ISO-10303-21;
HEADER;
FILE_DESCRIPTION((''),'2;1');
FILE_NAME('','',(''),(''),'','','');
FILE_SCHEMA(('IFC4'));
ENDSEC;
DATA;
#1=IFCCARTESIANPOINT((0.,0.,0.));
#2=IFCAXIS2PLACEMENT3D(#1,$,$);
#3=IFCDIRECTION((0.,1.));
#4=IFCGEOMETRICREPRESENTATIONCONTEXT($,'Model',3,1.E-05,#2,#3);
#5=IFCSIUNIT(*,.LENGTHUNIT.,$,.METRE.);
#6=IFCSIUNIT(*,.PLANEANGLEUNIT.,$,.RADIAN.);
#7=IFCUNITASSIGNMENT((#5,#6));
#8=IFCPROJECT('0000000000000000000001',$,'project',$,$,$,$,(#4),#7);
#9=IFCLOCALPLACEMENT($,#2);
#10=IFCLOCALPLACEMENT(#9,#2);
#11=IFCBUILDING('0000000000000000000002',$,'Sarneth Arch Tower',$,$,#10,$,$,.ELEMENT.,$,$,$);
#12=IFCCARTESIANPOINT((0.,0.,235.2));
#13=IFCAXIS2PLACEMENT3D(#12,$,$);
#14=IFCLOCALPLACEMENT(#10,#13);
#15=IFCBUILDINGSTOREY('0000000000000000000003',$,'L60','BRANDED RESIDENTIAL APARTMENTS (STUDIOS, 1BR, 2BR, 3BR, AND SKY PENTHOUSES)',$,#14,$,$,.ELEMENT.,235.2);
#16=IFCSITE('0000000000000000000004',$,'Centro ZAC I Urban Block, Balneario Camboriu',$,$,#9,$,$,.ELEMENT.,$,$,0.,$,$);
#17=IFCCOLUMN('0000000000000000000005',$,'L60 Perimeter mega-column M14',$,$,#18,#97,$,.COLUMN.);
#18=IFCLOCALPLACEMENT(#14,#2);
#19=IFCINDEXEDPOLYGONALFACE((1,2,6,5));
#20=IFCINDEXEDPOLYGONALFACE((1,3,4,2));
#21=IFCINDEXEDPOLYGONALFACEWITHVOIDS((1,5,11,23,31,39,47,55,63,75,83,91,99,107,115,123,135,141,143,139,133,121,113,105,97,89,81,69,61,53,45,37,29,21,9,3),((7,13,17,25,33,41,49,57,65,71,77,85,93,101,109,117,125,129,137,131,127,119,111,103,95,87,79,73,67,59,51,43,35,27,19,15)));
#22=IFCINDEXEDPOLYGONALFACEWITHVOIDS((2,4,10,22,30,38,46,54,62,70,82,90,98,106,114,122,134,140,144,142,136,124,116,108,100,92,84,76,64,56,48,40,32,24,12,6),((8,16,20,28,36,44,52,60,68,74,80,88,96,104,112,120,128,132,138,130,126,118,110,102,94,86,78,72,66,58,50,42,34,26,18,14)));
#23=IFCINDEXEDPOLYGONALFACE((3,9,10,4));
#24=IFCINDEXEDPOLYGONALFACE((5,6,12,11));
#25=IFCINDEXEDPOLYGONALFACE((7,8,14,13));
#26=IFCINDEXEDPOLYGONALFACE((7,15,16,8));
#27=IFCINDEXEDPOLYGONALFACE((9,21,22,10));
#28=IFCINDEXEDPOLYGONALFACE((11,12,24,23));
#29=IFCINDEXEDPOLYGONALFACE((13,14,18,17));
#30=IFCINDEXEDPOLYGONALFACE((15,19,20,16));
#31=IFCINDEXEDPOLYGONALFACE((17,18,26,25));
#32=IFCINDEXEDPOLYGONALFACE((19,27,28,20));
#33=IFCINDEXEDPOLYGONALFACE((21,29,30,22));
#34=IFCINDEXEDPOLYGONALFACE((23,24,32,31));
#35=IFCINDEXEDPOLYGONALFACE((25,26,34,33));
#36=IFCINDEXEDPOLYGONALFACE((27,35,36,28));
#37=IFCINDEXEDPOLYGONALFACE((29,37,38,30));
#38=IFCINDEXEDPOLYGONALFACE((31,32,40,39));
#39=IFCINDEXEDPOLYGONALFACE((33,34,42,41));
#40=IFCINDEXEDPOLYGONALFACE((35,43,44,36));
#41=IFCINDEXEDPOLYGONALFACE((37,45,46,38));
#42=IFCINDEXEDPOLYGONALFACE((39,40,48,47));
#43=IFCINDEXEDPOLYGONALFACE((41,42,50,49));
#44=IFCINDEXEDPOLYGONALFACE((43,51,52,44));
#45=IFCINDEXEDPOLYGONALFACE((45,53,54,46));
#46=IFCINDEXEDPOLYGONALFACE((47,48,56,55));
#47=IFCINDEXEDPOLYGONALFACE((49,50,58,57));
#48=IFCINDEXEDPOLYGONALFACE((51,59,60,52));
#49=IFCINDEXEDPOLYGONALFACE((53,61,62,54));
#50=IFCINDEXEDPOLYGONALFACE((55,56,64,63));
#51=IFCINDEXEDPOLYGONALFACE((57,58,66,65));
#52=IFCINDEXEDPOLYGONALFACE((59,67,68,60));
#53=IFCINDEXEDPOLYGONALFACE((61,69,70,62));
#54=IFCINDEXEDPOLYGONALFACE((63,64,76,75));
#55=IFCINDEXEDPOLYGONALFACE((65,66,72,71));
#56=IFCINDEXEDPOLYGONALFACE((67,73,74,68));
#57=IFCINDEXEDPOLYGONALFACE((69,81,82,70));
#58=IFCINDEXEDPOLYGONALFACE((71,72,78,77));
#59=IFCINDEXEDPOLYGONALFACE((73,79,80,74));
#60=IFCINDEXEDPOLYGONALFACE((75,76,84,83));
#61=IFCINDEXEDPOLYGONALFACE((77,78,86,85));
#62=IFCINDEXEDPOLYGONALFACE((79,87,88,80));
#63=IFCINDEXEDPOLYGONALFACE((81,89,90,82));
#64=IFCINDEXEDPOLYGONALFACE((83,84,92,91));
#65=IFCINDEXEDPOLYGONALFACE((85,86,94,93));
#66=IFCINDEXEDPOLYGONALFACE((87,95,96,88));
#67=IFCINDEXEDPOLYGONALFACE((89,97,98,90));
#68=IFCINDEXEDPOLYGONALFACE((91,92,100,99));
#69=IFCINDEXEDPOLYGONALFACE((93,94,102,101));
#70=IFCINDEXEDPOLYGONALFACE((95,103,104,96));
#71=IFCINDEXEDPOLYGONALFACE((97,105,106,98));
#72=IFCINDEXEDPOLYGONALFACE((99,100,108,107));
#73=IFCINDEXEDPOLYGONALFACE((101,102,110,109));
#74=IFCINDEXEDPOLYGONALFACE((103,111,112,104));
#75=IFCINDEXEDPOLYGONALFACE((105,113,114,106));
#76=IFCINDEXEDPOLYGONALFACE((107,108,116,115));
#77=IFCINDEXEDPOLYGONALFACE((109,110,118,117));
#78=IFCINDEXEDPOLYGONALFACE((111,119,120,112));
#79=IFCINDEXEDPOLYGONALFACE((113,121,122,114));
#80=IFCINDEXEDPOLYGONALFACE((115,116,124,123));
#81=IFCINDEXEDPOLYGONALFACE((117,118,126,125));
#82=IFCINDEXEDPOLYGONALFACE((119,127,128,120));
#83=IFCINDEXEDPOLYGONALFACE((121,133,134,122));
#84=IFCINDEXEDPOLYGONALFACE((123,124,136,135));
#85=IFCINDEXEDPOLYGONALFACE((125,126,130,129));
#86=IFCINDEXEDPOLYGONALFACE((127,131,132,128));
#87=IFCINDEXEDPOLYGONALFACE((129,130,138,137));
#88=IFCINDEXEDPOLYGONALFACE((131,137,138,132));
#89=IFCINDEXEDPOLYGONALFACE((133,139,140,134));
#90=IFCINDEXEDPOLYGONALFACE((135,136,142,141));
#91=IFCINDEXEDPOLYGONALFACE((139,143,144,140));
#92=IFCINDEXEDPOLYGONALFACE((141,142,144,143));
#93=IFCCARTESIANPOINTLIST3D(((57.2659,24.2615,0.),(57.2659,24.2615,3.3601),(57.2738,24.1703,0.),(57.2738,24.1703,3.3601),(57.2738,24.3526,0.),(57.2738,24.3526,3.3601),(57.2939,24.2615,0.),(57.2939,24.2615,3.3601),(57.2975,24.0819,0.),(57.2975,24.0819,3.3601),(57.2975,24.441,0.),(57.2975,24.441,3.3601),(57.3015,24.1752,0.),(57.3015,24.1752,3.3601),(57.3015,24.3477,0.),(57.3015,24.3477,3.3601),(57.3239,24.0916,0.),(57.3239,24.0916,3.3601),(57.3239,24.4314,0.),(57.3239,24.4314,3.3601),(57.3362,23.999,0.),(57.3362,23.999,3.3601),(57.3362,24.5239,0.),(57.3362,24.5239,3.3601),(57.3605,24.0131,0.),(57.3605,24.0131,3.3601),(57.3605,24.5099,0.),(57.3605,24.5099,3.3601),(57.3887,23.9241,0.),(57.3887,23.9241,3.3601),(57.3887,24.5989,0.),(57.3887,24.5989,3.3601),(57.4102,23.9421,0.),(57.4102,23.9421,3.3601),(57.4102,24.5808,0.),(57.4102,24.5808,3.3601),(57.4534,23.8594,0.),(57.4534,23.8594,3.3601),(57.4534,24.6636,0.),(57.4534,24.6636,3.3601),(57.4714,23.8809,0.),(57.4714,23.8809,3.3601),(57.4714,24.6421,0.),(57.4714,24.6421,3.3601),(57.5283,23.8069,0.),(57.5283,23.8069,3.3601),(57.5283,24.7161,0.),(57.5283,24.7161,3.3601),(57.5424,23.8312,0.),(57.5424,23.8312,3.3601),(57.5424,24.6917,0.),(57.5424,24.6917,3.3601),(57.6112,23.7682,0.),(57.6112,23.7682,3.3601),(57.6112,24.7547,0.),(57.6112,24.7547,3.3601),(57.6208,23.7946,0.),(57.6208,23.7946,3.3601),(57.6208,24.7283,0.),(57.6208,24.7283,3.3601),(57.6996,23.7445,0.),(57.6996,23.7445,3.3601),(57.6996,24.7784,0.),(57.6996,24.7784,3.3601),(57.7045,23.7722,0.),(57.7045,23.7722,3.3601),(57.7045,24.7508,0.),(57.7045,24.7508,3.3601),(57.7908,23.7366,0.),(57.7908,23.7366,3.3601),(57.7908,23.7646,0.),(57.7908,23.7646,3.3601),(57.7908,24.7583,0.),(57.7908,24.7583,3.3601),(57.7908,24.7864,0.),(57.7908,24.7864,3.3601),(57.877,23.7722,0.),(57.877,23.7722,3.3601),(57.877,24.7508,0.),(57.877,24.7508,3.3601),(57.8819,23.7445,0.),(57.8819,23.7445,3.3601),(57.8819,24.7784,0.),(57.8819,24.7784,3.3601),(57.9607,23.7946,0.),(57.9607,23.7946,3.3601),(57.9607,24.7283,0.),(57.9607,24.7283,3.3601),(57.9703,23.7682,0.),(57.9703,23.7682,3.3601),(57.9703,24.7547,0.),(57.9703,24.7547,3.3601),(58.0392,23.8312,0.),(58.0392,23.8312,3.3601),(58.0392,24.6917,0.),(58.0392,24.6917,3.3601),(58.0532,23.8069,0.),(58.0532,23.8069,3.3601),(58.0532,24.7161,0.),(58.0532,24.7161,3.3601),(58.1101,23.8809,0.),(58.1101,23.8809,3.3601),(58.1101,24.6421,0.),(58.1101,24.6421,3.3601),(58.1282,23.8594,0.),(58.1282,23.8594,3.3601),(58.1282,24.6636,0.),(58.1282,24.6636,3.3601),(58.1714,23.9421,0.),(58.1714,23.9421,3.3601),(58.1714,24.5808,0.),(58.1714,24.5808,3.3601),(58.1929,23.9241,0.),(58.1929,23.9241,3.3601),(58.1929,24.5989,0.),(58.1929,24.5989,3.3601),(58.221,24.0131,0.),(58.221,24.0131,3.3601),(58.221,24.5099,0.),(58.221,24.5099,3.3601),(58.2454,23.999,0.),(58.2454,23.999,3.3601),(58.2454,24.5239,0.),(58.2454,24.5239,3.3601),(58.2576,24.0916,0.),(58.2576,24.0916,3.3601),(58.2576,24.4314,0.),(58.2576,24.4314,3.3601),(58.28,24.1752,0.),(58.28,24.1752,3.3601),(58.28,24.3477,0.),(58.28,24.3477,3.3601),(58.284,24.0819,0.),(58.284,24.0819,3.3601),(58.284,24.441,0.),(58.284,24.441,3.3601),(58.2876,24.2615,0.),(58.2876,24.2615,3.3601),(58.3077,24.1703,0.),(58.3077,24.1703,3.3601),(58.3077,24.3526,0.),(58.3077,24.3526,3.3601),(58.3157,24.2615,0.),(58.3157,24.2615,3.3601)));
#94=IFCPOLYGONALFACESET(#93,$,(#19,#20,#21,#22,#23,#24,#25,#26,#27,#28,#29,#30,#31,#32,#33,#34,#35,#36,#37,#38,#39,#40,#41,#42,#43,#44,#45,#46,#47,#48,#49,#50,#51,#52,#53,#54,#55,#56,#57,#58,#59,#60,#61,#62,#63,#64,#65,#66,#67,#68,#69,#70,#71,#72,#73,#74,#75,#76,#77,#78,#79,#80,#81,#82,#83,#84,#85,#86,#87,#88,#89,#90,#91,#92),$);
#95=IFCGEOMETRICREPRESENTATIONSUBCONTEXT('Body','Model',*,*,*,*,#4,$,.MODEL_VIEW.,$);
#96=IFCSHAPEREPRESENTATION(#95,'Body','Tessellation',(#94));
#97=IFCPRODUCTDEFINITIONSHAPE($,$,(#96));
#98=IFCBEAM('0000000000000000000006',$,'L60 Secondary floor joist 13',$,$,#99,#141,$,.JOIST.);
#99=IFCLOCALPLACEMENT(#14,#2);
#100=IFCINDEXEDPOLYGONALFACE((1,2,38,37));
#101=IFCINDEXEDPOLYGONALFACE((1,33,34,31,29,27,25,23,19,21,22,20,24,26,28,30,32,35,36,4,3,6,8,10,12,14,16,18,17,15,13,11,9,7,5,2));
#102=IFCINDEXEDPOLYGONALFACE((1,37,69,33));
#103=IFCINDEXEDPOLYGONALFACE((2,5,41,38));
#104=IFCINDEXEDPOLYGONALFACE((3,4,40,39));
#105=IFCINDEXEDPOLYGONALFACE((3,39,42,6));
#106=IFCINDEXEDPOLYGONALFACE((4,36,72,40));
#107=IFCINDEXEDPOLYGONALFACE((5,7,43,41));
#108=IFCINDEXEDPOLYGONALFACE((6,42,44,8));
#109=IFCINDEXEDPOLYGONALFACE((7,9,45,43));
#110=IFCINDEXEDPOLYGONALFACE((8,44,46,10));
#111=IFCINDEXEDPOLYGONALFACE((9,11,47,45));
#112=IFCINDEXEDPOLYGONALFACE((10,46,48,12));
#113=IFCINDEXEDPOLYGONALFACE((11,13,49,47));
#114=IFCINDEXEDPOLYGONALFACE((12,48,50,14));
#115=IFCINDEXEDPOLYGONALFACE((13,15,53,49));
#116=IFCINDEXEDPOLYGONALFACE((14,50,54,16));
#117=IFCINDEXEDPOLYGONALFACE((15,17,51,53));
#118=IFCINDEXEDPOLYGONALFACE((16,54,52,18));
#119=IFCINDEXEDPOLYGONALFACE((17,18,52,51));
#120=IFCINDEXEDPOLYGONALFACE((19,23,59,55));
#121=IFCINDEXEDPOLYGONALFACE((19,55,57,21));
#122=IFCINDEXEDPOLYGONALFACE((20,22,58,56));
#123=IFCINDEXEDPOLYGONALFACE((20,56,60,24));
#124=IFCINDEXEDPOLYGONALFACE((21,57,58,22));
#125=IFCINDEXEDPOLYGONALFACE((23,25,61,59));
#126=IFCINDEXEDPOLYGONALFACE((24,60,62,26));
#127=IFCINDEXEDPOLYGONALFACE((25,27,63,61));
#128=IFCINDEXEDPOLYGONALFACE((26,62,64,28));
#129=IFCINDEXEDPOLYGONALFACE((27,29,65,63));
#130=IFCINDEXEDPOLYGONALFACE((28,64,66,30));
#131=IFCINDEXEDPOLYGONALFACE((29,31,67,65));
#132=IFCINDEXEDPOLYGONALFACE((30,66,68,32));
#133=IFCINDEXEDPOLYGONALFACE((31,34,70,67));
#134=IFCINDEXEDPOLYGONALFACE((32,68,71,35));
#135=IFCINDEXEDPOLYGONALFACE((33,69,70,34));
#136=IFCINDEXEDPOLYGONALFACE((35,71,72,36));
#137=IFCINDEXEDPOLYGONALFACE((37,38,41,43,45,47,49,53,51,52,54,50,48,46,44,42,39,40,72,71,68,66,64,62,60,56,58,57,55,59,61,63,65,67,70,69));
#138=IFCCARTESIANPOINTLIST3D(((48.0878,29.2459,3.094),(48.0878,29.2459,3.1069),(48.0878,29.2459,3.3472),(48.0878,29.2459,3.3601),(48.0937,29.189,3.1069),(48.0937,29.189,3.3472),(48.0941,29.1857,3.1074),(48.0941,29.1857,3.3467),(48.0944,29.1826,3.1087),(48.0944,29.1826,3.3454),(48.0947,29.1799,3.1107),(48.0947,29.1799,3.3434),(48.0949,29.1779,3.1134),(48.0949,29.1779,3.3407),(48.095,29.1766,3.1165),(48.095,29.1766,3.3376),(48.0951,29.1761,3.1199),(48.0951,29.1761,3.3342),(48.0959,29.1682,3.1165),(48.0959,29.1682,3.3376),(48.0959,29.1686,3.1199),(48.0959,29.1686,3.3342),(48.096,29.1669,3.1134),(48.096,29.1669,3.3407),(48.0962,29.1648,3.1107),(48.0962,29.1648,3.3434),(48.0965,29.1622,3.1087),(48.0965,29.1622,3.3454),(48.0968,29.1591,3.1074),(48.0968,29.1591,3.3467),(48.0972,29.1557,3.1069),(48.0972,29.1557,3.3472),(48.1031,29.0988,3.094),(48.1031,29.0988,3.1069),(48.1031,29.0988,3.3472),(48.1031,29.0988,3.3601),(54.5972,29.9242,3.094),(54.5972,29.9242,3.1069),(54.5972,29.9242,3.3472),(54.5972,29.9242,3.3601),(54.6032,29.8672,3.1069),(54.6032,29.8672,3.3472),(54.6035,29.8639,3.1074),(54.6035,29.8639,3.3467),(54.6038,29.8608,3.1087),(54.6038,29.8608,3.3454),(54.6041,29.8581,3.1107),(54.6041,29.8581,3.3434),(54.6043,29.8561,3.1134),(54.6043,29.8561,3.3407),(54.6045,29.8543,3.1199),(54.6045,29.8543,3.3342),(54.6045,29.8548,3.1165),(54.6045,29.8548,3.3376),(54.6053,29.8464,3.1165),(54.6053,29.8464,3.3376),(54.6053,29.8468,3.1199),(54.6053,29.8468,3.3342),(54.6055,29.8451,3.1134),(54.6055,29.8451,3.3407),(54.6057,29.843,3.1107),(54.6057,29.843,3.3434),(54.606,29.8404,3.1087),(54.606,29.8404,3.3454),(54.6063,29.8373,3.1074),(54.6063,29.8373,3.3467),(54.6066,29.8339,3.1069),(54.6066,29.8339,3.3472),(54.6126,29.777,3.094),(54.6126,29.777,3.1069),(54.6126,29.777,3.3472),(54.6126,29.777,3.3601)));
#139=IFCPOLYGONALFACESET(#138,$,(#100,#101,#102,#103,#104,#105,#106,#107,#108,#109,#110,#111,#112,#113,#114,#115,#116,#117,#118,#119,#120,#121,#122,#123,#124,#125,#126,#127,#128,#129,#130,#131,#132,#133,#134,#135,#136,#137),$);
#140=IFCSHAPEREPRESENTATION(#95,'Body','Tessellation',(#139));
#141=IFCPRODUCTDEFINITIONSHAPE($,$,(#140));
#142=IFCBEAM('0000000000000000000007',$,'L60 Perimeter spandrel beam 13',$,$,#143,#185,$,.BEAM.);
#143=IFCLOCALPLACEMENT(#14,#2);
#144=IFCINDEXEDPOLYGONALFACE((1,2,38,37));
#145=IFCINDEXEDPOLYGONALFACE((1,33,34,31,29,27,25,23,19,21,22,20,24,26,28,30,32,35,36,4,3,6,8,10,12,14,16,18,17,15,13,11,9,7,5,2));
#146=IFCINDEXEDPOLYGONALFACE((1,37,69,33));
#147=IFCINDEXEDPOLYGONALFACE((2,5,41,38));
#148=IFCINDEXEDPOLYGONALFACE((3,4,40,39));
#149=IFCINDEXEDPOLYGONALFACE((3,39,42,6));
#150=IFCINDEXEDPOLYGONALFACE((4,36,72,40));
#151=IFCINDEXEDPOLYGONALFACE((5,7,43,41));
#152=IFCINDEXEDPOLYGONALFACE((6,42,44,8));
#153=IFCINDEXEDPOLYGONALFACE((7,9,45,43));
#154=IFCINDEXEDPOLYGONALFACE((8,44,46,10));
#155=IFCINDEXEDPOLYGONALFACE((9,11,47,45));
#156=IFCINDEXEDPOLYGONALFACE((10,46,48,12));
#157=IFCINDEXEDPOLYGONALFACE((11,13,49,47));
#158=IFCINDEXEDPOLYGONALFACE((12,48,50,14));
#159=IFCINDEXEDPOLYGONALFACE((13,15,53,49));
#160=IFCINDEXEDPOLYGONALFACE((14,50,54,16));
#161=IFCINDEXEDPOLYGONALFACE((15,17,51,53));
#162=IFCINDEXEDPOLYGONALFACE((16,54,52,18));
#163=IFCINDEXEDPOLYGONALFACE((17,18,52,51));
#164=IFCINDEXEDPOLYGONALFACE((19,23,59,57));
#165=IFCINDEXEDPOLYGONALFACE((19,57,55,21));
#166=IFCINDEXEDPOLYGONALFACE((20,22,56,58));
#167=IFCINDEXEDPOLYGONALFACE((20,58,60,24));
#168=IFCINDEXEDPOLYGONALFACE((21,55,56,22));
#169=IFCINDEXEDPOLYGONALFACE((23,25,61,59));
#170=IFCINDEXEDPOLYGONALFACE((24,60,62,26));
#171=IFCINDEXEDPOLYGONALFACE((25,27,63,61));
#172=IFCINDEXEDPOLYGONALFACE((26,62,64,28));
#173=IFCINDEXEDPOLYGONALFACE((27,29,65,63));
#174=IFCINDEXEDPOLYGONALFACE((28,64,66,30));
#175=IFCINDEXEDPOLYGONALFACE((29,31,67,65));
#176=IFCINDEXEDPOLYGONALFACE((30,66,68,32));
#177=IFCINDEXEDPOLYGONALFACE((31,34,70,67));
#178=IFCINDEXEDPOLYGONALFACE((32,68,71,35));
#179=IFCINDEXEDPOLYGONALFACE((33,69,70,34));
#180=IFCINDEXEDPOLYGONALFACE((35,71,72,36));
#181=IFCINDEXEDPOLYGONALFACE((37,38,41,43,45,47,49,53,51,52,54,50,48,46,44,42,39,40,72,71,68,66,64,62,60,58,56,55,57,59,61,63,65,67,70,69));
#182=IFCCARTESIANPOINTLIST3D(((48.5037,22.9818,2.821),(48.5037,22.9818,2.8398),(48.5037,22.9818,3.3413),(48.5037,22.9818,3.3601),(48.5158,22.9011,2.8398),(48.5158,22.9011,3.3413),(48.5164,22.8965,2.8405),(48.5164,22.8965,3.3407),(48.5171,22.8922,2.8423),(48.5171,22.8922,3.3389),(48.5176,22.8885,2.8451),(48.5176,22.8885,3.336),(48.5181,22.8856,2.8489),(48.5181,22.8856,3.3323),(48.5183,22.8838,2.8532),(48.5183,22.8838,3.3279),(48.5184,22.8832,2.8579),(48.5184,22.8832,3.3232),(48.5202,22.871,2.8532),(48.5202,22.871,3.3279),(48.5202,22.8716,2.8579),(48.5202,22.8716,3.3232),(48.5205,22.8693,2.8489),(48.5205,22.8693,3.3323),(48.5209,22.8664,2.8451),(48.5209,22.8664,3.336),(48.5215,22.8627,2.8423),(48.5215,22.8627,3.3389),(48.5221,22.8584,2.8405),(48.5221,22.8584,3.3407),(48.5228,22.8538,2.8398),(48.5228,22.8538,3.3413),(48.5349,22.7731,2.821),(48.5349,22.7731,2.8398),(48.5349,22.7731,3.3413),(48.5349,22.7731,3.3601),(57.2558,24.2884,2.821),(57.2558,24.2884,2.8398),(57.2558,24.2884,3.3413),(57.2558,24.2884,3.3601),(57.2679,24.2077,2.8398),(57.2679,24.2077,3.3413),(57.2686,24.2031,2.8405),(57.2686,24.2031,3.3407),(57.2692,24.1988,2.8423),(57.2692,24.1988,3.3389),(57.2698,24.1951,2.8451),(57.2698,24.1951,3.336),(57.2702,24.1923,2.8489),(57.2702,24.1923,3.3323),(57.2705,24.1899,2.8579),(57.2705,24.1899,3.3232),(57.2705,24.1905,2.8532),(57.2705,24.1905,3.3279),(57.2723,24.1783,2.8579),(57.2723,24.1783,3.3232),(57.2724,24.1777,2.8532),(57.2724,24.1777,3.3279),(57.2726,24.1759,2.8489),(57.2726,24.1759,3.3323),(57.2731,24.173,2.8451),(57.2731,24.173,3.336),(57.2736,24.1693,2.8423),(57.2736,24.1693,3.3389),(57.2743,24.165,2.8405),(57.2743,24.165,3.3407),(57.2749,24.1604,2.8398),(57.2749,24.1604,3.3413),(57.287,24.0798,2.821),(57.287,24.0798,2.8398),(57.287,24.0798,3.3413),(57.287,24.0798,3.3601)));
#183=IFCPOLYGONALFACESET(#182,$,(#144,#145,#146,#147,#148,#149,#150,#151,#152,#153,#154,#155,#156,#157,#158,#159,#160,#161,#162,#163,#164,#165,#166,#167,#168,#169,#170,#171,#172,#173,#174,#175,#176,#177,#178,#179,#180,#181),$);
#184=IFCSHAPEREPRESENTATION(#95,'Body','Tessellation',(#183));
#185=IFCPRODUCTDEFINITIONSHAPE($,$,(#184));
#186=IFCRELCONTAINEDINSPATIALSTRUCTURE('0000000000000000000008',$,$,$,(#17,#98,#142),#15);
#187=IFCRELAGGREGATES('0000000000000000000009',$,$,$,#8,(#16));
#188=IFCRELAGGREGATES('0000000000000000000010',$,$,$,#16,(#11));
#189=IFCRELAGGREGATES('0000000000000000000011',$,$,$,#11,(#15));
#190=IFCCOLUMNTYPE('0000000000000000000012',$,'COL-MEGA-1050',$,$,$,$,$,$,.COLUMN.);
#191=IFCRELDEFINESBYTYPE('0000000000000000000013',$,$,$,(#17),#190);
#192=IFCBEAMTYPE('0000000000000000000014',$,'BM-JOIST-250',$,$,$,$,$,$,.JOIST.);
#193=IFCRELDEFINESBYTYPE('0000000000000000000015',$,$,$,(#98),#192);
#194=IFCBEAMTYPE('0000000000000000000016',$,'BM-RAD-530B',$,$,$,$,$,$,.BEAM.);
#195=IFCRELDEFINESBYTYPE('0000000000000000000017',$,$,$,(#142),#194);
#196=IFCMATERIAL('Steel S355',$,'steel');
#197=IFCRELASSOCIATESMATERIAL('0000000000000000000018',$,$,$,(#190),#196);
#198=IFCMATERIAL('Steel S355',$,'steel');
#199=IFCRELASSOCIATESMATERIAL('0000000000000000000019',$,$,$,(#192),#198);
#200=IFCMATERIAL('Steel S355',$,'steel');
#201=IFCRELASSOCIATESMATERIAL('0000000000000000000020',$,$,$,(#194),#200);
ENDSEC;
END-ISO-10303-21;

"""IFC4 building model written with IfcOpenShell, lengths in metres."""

from ifc_helpers import new_model, si_unit, direction, frame, origin, origin_2d, place, context, subcontext, project, spatial, hollow_circle, i_section, extrude, material, material_profile, profile_set, type_object, element, save


model = new_model("IFC4")

# Units and contexts
model_context = context("Model", 3, precision=1e-05, world=origin(), true_north=direction((0.0, 1.0)))
body_context = subcontext(model_context, "Body", "Model", "MODEL_VIEW")
ifc_project = project(units=[si_unit("LENGTHUNIT", "METRE"), si_unit("PLANEANGLEUNIT", "RADIAN")], contexts=[model_context])

# Site, building, storey
site_placement = place(None, origin())
site = spatial("IfcSite", under=ifc_project, at=site_placement, Name="Centro ZAC I Urban Block, Balneario Camboriu", CompositionType="ELEMENT", RefElevation=0.0)
building_placement = place(site_placement, origin())
building = spatial("IfcBuilding", under=site, at=building_placement, Name="Sarneth Arch Tower", CompositionType="ELEMENT")
storey_placement = place(building_placement, frame((0.0, 0.0, 235.2)))
storey = spatial("IfcBuildingStorey", under=building, at=storey_placement, Name="L60", Description="BRANDED RESIDENTIAL APARTMENTS (STUDIOS, 1BR, 2BR, 3BR, AND SKY PENTHOUSES)", CompositionType="ELEMENT", Elevation=235.2)

# Column
ifc_material_1 = material(Name="Steel S355", Category="steel")
ifc_material_profile_1 = material_profile(ifc_material_1, hollow_circle(Radius=0.5249, WallThickness=0.0281, at=origin_2d()), Name="CHS1050x28")
ifc_profile_set_1 = profile_set([ifc_material_profile_1], Name="Steel S355")
column_type = type_object("IfcColumnType", Name="COL-MEGA-1050", PredefinedType="COLUMN", material=ifc_profile_set_1)
column_placement = place(storey_placement, frame((57.7908, 24.2615, 0.0), z_axis=(0.0, 0.0, 1.0), x_axis=(1.0, 0.0, 0.0)))
element("IfcColumn", 1, at=column_placement, inside=storey, type_object=column_type, Name="L60 Perimeter mega-column M14", PredefinedType="COLUMN", context=body_context, shape_type="SweptSolid", body=[
    extrude(hollow_circle(Radius=0.5249, WallThickness=0.0281, at=origin_2d()), origin(), (0.0, 0.0, 1.0), 3.3601),
])

# Beams
ifc_material_2 = material(Name="Steel S355", Category="steel")
ifc_material_profile_2 = material_profile(ifc_material_2, i_section(OverallWidth=0.1479, OverallDepth=0.2661, WebThickness=0.0076, FlangeThickness=0.0129, FilletRadius=0.0129, at=origin_2d()), Name="W250x44.8")
ifc_profile_set_2 = profile_set([ifc_material_profile_2], Name="Steel S355")
beam_type_1 = type_object("IfcBeamType", Name="BM-JOIST-250", PredefinedType="JOIST", material=ifc_profile_set_2)
beam_1_placement = place(storey_placement, frame((48.0955, 29.1724, 3.2271), z_axis=(0.994616, 0.103628, 0.0), x_axis=(-0.103628, 0.994616, 0.0)))
element("IfcBeam", 2, at=beam_1_placement, inside=storey, type_object=beam_type_1, Name="L60 Secondary floor joist 13", PredefinedType="JOIST", context=body_context, shape_type="SweptSolid", body=[
    extrude(i_section(OverallWidth=0.1479, OverallDepth=0.2661, WebThickness=0.0076, FlangeThickness=0.0129, FilletRadius=0.0129, at=origin_2d()), origin(), (0.0, 0.0, 1.0), 6.5447),
])
ifc_material_3 = material(Name="Steel S355", Category="steel")
ifc_material_profile_3 = material_profile(ifc_material_3, i_section(OverallWidth=0.2109, OverallDepth=0.5391, WebThickness=0.0117, FlangeThickness=0.0188, FilletRadius=0.0181, at=origin_2d()), Name="W530x109")
ifc_profile_set_3 = profile_set([ifc_material_profile_3], Name="Steel S355")
beam_type_2 = type_object("IfcBeamType", Name="BM-RAD-530B", PredefinedType="BEAM", material=ifc_profile_set_3)
beam_2_placement = place(storey_placement, frame((48.5193, 22.8774, 3.0906), z_axis=(0.989039, 0.147656, 0.0), x_axis=(-0.147656, 0.989039, 0.0)))
element("IfcBeam", 3, at=beam_2_placement, inside=storey, type_object=beam_type_2, Name="L60 Perimeter spandrel beam 13", PredefinedType="BEAM", context=body_context, shape_type="SweptSolid", body=[
    extrude(i_section(OverallWidth=0.2109, OverallDepth=0.5391, WebThickness=0.0117, FlangeThickness=0.0188, FilletRadius=0.0181, at=origin_2d()), origin(), (0.0, 0.0, 1.0), 8.8491),
])

save(model, "model.ifc")
